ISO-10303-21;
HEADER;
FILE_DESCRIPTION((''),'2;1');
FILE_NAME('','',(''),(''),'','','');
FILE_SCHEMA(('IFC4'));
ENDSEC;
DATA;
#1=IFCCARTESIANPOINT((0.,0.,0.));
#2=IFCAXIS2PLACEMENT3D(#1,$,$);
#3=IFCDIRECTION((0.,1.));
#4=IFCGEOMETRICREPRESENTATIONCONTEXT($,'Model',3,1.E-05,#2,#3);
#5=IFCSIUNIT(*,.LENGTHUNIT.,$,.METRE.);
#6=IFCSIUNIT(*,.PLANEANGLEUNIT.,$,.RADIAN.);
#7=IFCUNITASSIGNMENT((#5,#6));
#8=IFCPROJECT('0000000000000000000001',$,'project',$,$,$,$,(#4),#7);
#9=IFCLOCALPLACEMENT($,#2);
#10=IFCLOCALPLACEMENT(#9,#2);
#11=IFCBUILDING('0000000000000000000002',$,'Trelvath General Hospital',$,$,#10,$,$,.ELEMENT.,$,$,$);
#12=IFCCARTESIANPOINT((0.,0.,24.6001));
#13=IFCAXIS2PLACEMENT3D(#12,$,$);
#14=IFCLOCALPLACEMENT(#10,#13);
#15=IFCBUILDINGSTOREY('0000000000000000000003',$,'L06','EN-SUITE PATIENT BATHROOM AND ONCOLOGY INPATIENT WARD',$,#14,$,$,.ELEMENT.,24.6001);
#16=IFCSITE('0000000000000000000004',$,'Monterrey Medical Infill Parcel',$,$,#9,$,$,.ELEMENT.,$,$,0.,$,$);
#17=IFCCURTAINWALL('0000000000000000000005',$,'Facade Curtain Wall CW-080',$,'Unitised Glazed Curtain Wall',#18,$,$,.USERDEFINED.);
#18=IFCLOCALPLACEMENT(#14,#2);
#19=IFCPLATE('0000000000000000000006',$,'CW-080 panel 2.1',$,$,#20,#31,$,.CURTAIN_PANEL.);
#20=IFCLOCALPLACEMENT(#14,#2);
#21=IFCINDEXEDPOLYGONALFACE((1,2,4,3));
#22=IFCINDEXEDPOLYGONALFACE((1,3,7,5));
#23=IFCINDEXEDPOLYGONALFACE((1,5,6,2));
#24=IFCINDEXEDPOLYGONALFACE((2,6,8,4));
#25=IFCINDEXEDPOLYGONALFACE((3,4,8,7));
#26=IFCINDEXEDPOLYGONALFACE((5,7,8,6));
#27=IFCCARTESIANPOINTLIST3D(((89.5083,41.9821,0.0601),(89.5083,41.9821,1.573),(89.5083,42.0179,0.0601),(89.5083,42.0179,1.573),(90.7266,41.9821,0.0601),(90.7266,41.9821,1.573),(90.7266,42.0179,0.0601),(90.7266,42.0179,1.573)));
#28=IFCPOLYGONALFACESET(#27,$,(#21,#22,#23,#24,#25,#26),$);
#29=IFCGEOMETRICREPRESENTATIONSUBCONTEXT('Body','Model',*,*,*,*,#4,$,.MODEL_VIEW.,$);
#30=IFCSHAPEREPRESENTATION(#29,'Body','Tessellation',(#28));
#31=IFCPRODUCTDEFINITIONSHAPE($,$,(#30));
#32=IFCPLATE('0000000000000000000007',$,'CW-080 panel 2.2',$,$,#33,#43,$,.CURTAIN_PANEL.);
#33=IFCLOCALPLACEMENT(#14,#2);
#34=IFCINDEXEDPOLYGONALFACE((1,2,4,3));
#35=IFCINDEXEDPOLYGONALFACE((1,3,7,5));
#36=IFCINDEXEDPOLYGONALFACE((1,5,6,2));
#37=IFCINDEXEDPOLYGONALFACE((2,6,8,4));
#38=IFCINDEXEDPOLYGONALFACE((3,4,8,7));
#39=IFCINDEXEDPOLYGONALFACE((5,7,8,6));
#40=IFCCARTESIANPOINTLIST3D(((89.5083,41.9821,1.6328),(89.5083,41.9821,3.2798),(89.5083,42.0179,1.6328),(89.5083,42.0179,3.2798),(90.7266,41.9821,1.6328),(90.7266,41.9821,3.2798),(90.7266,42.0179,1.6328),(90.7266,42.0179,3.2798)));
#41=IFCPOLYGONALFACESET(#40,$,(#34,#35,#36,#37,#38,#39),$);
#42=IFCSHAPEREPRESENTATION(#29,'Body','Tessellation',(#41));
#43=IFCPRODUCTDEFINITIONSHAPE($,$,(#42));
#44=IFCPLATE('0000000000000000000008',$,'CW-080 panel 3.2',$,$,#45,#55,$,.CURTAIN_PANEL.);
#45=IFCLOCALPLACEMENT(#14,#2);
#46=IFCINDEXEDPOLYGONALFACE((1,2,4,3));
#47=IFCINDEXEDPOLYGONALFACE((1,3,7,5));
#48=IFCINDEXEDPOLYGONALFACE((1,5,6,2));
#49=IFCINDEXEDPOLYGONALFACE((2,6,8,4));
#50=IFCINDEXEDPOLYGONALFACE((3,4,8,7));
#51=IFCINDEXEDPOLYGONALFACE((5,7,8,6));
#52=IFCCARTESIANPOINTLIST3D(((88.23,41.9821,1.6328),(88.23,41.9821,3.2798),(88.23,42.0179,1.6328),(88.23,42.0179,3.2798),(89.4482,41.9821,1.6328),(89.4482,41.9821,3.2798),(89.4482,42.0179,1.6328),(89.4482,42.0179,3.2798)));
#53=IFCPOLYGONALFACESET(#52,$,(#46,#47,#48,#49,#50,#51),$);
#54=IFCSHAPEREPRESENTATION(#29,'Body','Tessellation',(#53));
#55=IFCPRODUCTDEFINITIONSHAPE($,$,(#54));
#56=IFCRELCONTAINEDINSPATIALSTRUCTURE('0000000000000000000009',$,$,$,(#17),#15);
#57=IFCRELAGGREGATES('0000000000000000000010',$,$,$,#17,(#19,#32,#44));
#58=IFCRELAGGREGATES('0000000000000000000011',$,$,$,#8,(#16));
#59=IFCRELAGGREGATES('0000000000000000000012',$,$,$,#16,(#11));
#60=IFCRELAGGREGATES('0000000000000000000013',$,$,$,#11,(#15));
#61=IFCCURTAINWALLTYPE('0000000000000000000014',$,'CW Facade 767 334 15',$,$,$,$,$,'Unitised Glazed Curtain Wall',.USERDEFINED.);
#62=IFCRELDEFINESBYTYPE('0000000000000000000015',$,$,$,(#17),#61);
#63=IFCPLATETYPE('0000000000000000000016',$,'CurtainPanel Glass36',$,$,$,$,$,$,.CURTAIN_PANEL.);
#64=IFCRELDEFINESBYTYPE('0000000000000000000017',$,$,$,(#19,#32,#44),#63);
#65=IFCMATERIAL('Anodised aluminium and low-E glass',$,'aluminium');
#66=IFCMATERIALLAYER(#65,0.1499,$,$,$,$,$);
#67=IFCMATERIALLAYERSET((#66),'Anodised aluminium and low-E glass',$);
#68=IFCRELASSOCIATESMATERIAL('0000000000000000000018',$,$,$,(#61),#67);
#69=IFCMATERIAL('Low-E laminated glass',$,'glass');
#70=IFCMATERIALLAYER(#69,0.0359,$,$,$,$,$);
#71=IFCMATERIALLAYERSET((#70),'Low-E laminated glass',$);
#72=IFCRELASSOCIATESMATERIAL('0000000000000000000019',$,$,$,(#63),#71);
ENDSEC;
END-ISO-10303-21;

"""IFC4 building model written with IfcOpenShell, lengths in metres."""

from ifc_helpers import new_model, si_unit, direction, frame, origin, origin_2d, place, context, subcontext, project, spatial, rectangle, extrude, material, layer, layer_set, type_object, element, aggregate, save


model = new_model("IFC4")

# Units and contexts
model_context = context("Model", 3, precision=1e-05, world=origin(), true_north=direction((0.0, 1.0)))
body_context = subcontext(model_context, "Body", "Model", "MODEL_VIEW")
ifc_project = project(units=[si_unit("LENGTHUNIT", "METRE"), si_unit("PLANEANGLEUNIT", "RADIAN")], contexts=[model_context])

# Site, building, storey
site_placement = place(None, origin())
site = spatial("IfcSite", under=ifc_project, at=site_placement, Name="Monterrey Medical Infill Parcel", CompositionType="ELEMENT", RefElevation=0.0)
building_placement = place(site_placement, origin())
building = spatial("IfcBuilding", under=site, at=building_placement, Name="Trelvath General Hospital", CompositionType="ELEMENT")
storey_placement = place(building_placement, frame((0.0, 0.0, 24.6001)))
storey = spatial("IfcBuildingStorey", under=building, at=storey_placement, Name="L06", Description="EN-SUITE PATIENT BATHROOM AND ONCOLOGY INPATIENT WARD", CompositionType="ELEMENT", Elevation=24.6001)

# Curtain wall
ifc_material_1 = material(Name="Anodised aluminium and low-E glass", Category="aluminium")
ifc_layer_1 = layer(ifc_material_1, 0.1499)
ifc_layer_set_1 = layer_set([ifc_layer_1], Name="Anodised aluminium and low-E glass")
curtain_wall_type_1 = type_object("IfcCurtainWallType", Name="CW Facade 767 334 15", ElementType="Unitised Glazed Curtain Wall", PredefinedType="USERDEFINED", material=ifc_layer_set_1)
curtain_wall_1_placement = place(storey_placement, origin())
curtain_wall_1 = element("IfcCurtainWall", 1, at=curtain_wall_1_placement, inside=storey, type_object=curtain_wall_type_1, Name="Facade Curtain Wall CW-080", ObjectType="Unitised Glazed Curtain Wall", PredefinedType="USERDEFINED")

# Plates
ifc_material_2 = material(Name="Low-E laminated glass", Category="glass")
ifc_layer_2 = layer(ifc_material_2, 0.0359)
ifc_layer_set_2 = layer_set([ifc_layer_2], Name="Low-E laminated glass")
plate_type_1 = type_object("IfcPlateType", Name="CurtainPanel Glass36", PredefinedType="CURTAIN_PANEL", material=ifc_layer_set_2)
plate_1_placement = place(storey_placement, frame((90.1174, 42.0, 0.0601), z_axis=(0.0, 0.0, 1.0), x_axis=(-1.0, 0.0, 0.0)))
plate_1 = element("IfcPlate", 2, at=plate_1_placement, type_object=plate_type_1, Name="CW-080 panel 2.1", PredefinedType="CURTAIN_PANEL", context=body_context, shape_type="SweptSolid", body=[
    extrude(rectangle(XDim=1.2183, YDim=0.0359, at=origin_2d()), origin(), (0.0, 0.0, 1.0), 1.5129),
])
plate_2_placement = place(storey_placement, frame((90.1174, 42.0, 1.6328), z_axis=(0.0, 0.0, 1.0), x_axis=(-1.0, 0.0, 0.0)))
plate_2 = element("IfcPlate", 3, at=plate_2_placement, type_object=plate_type_1, Name="CW-080 panel 2.2", PredefinedType="CURTAIN_PANEL", context=body_context, shape_type="SweptSolid", body=[
    extrude(rectangle(XDim=1.2183, YDim=0.0359, at=origin_2d()), origin(), (0.0, 0.0, 1.0), 1.647),
])
plate_3_placement = place(storey_placement, frame((88.8391, 42.0, 1.6328), z_axis=(0.0, 0.0, 1.0), x_axis=(-1.0, 0.0, 0.0)))
plate_3 = element("IfcPlate", 4, at=plate_3_placement, type_object=plate_type_1, Name="CW-080 panel 3.2", PredefinedType="CURTAIN_PANEL", context=body_context, shape_type="SweptSolid", body=[
    extrude(rectangle(XDim=1.2183, YDim=0.0359, at=origin_2d()), origin(), (0.0, 0.0, 1.0), 1.647),
])
aggregate(curtain_wall_1, [plate_1, plate_2, plate_3])

save(model, "model.ifc")
